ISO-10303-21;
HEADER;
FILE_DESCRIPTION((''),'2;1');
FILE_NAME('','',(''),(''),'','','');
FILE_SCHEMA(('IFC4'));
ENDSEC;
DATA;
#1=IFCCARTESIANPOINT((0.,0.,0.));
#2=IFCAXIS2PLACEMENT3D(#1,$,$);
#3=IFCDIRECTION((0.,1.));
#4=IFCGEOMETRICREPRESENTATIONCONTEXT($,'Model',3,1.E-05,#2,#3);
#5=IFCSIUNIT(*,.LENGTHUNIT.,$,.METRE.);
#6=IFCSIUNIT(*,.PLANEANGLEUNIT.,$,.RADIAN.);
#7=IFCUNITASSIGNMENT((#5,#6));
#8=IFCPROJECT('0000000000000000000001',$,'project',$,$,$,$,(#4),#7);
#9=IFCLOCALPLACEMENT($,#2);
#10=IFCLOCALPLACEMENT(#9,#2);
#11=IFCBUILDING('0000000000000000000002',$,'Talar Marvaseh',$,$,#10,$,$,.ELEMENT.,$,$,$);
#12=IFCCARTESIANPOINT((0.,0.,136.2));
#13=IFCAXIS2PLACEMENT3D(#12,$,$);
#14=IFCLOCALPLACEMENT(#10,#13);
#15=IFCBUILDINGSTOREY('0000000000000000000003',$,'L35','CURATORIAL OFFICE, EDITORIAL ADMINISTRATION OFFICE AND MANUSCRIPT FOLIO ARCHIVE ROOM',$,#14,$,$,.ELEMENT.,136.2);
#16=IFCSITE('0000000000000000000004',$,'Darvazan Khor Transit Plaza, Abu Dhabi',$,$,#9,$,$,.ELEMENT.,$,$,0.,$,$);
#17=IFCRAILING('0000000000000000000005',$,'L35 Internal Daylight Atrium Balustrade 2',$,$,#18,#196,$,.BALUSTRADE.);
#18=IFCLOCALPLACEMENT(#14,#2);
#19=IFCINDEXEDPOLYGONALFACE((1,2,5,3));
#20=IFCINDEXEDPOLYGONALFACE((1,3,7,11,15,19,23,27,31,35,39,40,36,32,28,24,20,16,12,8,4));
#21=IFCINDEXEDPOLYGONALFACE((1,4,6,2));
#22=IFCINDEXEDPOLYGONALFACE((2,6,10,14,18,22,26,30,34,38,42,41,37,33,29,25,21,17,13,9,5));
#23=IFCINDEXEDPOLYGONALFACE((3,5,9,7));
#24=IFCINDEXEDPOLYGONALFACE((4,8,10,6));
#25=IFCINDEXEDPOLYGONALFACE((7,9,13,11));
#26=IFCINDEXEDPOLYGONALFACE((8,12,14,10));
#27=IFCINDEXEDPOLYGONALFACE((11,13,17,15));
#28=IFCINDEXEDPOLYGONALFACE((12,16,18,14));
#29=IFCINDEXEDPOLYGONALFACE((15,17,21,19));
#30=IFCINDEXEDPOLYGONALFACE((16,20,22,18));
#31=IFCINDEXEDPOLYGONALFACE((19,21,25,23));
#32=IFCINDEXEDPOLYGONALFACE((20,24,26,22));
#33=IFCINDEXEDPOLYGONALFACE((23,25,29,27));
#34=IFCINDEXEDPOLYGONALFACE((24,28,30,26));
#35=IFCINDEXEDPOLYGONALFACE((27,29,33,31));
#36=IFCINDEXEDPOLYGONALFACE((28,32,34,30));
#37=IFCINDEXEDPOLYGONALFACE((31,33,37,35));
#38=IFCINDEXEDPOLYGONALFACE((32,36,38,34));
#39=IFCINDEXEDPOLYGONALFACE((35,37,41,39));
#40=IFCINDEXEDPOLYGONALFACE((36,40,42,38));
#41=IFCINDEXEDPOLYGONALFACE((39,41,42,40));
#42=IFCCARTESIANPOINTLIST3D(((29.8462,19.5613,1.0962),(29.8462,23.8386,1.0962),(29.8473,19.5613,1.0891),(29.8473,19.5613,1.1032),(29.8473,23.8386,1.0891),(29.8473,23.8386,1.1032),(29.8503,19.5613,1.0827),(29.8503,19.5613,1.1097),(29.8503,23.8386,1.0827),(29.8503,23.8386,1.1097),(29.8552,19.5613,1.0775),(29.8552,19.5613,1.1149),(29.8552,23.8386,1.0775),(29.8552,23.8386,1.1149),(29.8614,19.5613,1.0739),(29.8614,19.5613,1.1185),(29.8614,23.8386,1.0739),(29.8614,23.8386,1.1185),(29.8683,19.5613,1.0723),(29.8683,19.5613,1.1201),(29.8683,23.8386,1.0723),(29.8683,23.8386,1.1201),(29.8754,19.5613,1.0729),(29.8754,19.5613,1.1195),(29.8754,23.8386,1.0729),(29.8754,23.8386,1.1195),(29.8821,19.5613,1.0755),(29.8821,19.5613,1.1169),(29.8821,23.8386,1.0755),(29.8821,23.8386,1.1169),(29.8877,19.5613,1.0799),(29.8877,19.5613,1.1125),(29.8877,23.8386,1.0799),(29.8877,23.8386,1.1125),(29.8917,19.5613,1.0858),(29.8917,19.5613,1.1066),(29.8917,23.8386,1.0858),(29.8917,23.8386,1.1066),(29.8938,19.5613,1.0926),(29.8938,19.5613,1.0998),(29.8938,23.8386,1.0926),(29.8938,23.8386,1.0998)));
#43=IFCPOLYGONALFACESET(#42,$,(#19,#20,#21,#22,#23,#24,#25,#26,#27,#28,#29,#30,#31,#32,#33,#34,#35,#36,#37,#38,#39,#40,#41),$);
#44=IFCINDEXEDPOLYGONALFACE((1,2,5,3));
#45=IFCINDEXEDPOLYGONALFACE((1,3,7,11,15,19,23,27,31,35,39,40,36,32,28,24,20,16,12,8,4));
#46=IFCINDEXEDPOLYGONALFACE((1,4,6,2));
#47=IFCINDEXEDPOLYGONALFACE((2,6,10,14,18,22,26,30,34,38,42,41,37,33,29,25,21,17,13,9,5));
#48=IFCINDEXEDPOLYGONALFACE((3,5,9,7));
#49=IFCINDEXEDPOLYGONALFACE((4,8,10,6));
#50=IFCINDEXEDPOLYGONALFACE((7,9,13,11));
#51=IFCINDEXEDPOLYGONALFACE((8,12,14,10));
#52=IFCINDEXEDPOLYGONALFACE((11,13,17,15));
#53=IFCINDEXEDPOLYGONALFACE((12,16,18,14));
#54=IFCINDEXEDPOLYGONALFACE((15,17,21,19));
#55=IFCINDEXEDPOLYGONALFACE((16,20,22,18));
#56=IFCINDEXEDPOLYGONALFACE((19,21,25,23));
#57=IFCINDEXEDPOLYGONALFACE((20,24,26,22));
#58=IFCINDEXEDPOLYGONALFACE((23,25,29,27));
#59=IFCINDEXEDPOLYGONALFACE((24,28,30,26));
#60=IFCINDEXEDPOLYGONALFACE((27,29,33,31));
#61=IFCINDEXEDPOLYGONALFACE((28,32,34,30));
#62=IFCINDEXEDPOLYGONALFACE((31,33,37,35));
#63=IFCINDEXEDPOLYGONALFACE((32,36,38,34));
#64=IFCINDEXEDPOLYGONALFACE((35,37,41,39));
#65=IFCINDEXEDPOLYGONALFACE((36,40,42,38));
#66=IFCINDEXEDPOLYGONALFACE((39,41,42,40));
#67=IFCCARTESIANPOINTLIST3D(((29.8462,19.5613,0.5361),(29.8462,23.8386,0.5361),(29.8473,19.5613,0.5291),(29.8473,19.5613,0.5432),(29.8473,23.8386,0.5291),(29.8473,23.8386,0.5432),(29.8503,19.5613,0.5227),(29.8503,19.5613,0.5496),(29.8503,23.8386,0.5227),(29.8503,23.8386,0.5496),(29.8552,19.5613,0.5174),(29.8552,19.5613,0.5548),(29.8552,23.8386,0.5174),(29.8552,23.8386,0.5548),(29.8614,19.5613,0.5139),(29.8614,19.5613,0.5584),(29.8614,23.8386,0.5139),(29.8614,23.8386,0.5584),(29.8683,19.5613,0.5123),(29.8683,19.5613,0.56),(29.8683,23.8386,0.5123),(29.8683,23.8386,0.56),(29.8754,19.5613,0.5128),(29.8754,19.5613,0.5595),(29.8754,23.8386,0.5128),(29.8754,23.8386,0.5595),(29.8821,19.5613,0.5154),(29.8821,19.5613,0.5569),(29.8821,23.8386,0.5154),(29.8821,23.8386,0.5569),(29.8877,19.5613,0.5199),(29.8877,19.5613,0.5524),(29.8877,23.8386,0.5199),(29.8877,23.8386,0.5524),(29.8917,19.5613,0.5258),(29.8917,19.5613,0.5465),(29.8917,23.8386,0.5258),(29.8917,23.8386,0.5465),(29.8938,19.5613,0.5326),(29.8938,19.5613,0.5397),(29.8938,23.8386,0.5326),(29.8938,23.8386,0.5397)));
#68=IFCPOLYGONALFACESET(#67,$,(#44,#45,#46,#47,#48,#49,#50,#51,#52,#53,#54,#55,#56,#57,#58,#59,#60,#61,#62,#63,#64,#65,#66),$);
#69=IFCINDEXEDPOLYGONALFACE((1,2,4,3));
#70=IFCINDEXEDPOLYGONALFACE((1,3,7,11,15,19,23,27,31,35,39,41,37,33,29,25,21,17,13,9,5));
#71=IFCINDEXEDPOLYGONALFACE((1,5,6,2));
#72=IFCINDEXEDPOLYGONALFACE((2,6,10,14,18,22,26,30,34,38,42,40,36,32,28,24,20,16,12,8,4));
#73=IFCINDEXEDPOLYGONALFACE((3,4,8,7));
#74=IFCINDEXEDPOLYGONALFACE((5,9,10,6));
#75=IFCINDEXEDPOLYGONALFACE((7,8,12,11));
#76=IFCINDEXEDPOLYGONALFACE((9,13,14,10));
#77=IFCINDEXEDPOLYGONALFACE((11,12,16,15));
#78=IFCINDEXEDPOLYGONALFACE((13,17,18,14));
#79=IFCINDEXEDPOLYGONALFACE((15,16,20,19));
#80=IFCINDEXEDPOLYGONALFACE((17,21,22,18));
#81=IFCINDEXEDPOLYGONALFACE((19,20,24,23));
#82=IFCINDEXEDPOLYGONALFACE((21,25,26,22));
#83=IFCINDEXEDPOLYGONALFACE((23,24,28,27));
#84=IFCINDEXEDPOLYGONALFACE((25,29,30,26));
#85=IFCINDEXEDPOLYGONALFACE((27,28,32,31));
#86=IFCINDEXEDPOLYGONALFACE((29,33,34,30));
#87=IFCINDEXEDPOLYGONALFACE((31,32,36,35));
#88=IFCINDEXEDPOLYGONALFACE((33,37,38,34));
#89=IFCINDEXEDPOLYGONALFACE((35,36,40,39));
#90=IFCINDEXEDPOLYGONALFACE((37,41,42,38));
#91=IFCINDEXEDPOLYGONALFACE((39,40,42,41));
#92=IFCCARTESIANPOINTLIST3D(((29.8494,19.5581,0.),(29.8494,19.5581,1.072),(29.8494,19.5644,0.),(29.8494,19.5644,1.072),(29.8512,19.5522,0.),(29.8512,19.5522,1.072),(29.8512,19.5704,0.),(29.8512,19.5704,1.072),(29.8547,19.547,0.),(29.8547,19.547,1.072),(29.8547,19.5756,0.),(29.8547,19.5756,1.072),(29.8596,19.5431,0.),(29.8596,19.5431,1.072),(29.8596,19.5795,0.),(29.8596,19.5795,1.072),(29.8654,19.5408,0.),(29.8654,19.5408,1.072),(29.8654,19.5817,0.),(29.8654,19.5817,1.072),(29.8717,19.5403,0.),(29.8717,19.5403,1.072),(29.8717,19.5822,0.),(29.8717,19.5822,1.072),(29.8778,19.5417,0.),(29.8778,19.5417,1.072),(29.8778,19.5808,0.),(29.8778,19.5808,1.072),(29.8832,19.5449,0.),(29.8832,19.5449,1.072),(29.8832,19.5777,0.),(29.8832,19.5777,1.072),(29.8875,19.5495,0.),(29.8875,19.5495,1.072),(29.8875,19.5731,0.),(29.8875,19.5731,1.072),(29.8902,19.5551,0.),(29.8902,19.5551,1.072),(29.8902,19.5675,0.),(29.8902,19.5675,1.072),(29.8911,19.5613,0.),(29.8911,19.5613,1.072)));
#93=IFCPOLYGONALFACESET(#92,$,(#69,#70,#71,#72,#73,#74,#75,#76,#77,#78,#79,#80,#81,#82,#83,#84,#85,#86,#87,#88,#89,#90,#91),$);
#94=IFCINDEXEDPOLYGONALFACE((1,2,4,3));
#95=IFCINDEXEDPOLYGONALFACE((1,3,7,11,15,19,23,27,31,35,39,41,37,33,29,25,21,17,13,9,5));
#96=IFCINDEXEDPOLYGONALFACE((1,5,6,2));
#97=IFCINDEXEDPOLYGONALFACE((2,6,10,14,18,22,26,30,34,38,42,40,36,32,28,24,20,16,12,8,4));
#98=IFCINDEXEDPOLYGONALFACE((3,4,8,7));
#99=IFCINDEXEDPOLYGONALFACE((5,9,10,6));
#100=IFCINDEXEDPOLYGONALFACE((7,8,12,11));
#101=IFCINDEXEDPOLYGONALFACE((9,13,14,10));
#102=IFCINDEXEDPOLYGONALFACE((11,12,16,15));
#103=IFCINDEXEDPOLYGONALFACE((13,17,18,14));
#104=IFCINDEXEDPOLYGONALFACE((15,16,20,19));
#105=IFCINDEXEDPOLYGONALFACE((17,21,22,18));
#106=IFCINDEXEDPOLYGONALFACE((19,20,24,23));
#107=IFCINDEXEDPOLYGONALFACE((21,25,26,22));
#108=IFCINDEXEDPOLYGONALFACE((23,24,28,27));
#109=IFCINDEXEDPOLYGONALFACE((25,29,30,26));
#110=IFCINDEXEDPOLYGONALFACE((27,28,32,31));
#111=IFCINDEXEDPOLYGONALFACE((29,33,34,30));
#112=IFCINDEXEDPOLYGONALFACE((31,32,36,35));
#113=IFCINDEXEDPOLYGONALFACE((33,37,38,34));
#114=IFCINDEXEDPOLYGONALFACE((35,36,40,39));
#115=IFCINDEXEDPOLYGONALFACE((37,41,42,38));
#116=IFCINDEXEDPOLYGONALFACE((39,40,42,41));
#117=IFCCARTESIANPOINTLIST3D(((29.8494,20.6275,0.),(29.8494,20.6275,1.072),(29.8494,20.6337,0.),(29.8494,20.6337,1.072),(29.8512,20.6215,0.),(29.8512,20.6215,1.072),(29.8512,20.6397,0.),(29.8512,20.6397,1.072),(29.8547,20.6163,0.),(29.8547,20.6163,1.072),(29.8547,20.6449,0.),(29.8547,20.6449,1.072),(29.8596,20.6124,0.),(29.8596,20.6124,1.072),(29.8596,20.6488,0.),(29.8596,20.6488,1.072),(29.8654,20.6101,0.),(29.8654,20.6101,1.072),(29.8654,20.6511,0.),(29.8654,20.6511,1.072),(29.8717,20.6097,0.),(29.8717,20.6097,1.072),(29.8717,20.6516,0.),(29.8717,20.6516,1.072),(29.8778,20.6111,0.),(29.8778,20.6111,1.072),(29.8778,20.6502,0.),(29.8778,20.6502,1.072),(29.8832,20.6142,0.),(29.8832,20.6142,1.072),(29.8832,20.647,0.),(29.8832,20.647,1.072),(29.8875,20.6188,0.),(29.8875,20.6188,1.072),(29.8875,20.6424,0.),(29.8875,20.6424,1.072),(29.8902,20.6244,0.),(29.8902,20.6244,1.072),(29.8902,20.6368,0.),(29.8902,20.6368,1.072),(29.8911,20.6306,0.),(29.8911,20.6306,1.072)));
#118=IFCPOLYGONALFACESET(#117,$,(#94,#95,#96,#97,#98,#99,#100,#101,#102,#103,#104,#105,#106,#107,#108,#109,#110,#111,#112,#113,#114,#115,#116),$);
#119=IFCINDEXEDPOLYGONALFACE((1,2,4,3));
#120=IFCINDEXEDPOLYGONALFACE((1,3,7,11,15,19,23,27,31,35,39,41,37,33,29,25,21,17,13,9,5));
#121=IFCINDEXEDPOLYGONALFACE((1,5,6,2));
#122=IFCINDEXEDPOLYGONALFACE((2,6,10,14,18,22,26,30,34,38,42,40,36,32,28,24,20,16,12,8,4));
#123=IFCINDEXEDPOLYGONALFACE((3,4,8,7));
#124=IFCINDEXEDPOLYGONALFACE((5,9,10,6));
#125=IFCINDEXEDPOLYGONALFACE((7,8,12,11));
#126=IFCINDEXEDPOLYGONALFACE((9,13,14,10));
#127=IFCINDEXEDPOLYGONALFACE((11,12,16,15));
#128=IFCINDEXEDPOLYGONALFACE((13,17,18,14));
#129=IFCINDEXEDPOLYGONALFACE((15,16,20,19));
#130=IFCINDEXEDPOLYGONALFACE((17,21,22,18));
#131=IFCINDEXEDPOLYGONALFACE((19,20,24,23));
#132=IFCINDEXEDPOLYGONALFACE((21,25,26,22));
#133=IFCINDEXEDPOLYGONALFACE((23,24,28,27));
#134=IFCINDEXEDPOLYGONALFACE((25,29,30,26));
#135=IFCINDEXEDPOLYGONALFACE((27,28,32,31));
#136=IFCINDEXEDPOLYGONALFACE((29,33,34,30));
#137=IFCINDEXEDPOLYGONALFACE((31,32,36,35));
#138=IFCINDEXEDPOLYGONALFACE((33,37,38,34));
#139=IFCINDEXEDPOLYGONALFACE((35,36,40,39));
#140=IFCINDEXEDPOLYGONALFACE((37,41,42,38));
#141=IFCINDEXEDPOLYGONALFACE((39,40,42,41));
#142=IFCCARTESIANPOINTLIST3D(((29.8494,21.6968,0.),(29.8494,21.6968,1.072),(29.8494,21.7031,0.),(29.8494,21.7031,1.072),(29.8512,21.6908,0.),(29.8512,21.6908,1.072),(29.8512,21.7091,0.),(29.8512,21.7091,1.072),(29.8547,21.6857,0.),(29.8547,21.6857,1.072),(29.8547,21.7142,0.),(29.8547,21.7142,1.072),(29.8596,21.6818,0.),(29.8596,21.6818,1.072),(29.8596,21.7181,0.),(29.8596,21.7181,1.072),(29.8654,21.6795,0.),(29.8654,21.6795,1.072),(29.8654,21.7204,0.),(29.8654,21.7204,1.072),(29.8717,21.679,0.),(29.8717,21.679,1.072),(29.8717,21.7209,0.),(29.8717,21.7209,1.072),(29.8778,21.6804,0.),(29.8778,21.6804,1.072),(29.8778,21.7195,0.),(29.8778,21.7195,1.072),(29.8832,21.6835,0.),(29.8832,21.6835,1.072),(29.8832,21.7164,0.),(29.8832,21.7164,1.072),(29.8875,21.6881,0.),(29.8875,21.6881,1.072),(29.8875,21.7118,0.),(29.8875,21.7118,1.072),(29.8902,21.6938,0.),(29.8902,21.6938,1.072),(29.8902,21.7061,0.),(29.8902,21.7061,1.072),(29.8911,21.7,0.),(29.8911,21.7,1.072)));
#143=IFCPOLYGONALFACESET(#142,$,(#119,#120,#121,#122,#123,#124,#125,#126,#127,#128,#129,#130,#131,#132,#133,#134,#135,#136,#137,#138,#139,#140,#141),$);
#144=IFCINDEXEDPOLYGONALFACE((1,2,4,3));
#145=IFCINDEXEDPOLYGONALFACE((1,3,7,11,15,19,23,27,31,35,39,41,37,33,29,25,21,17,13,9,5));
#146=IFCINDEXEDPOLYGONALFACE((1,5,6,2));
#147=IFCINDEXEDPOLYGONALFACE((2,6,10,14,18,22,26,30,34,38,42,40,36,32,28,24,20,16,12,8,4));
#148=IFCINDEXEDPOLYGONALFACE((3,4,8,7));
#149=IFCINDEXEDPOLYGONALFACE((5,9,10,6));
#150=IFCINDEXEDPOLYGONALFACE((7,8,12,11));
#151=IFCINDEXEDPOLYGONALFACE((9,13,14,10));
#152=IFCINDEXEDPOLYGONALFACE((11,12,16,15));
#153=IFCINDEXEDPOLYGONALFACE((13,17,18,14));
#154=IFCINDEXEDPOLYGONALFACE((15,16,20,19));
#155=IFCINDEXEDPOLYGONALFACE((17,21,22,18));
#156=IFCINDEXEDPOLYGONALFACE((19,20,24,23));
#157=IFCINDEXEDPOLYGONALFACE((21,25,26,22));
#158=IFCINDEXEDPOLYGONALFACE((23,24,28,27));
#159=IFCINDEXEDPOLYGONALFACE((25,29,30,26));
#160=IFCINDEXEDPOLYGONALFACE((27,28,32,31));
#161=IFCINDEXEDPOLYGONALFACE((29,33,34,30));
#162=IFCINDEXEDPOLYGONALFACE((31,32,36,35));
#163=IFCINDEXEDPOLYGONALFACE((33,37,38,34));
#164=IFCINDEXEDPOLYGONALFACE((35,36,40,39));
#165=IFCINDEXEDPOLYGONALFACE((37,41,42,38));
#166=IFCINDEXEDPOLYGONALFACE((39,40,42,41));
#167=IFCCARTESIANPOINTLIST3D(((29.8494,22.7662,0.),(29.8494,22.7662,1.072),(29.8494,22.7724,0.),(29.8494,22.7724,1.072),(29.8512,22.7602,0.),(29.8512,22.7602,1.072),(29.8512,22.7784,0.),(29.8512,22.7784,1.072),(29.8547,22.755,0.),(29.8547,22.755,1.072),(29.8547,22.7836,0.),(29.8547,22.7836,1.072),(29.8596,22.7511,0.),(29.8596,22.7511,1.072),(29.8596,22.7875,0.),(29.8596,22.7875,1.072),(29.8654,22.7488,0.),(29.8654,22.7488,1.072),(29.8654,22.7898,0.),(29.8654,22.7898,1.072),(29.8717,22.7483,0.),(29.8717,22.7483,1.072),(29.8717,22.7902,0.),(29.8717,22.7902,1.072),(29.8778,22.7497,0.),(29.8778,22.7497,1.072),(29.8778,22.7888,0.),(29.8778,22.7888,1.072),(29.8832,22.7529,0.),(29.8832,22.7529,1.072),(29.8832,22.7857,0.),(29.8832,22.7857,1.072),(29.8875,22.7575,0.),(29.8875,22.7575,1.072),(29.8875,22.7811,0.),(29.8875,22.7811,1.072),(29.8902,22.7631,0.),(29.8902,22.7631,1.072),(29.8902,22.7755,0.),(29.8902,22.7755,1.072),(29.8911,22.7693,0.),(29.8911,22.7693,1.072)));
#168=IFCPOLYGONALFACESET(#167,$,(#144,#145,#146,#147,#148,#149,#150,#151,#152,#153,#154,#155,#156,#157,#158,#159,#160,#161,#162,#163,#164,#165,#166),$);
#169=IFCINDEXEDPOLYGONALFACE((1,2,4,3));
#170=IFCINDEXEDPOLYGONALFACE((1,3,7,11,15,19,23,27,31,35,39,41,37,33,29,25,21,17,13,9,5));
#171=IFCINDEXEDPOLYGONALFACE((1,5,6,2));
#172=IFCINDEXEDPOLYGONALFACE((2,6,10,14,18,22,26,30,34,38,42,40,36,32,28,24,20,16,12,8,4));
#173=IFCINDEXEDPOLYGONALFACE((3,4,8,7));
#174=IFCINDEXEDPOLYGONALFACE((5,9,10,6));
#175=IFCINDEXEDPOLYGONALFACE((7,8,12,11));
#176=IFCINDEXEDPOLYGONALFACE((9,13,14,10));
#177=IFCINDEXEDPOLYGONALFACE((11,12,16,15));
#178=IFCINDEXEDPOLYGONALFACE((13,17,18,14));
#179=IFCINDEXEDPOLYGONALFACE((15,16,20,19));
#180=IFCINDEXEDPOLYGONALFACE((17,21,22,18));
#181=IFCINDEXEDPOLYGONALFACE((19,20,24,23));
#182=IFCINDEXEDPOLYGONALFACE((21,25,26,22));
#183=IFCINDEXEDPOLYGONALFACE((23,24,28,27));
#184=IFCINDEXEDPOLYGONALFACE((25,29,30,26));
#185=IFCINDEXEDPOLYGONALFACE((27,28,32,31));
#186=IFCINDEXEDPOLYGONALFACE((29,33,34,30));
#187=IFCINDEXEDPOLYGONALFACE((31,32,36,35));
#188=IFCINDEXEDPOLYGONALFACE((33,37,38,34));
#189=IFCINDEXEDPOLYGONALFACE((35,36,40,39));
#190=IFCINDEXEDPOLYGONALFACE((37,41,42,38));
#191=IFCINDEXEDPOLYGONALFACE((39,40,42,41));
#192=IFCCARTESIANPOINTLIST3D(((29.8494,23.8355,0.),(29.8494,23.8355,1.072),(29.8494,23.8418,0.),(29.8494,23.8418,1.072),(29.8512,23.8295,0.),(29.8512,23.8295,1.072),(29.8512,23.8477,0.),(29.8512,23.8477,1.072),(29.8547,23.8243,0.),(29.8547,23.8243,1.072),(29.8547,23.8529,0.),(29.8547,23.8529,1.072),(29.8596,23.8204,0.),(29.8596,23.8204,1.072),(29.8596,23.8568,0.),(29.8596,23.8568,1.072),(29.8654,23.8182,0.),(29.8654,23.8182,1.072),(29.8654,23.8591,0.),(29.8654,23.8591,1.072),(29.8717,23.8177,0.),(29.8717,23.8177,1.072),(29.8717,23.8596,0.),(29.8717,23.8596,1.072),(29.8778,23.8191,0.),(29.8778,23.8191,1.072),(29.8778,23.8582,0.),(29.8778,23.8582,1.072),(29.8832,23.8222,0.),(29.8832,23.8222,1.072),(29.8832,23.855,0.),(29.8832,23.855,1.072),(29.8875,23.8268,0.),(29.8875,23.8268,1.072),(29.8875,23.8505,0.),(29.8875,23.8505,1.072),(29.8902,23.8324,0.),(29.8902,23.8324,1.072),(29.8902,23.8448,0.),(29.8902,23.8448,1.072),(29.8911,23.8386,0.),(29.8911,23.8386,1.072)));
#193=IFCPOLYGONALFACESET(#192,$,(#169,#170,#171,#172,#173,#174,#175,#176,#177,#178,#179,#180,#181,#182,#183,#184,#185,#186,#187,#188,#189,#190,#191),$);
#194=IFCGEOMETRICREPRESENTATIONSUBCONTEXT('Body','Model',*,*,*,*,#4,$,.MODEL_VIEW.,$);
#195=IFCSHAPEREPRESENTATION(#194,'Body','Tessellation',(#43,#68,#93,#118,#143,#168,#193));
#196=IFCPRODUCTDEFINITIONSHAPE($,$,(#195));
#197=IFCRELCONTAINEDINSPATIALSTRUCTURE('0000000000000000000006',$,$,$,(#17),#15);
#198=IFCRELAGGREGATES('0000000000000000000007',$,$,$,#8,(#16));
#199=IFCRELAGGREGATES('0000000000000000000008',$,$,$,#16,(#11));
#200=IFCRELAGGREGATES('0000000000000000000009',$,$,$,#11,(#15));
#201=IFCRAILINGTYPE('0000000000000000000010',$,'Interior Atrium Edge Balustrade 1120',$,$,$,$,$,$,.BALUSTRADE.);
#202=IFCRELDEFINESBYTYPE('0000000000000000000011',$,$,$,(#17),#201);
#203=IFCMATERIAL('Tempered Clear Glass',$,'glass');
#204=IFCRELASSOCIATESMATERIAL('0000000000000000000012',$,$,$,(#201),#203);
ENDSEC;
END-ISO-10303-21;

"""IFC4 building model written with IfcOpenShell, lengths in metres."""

from ifc_helpers import new_model, si_unit, direction, frame, origin, origin_2d, place, context, subcontext, project, spatial, circle, extrude, material, type_object, element, save


model = new_model("IFC4")

# Units and contexts
model_context = context("Model", 3, precision=1e-05, world=origin(), true_north=direction((0.0, 1.0)))
body_context = subcontext(model_context, "Body", "Model", "MODEL_VIEW")
ifc_project = project(units=[si_unit("LENGTHUNIT", "METRE"), si_unit("PLANEANGLEUNIT", "RADIAN")], contexts=[model_context])

# Site, building, storey
site_placement = place(None, origin())
site = spatial("IfcSite", under=ifc_project, at=site_placement, Name="Darvazan Khor Transit Plaza, Abu Dhabi", CompositionType="ELEMENT", RefElevation=0.0)
building_placement = place(site_placement, origin())
building = spatial("IfcBuilding", under=site, at=building_placement, Name="Talar Marvaseh", CompositionType="ELEMENT")
storey_placement = place(building_placement, frame((0.0, 0.0, 136.2)))
storey = spatial("IfcBuildingStorey", under=building, at=storey_placement, Name="L35", Description="CURATORIAL OFFICE, EDITORIAL ADMINISTRATION OFFICE AND MANUSCRIPT FOLIO ARCHIVE ROOM", CompositionType="ELEMENT", Elevation=136.2)

# Railing
ifc_material_1 = material(Name="Tempered Clear Glass", Category="glass")
railing_type_1 = type_object("IfcRailingType", Name="Interior Atrium Edge Balustrade 1120", PredefinedType="BALUSTRADE", material=ifc_material_1)
railing_1_placement = place(storey_placement, frame((29.8701, 19.5613, 0.0)))
element("IfcRailing", 1, at=railing_1_placement, inside=storey, type_object=railing_type_1, Name="L35 Internal Daylight Atrium Balustrade 2", PredefinedType="BALUSTRADE", context=body_context, shape_type="SweptSolid", body=[
    extrude(circle(Radius=0.0239, at=origin_2d()), frame((0.0, 0.0, 1.0962), z_axis=(0.0, 1.0, 0.0), x_axis=(-1.0, 0.0, 0.0)), (0.0, 0.0, 1.0), 4.2773),
    extrude(circle(Radius=0.0239, at=origin_2d()), frame((0.0, 0.0, 0.5361), z_axis=(0.0, 1.0, 0.0), x_axis=(-1.0, 0.0, 0.0)), (0.0, 0.0, 1.0), 4.2773),
    extrude(circle(Radius=0.021, at=origin_2d()), origin(), (0.0, 0.0, 1.0), 1.072),
    extrude(circle(Radius=0.021, at=origin_2d()), frame((0.0, 1.0693, 0.0)), (0.0, 0.0, 1.0), 1.072),
    extrude(circle(Radius=0.021, at=origin_2d()), frame((0.0, 2.1387, 0.0)), (0.0, 0.0, 1.0), 1.072),
    extrude(circle(Radius=0.021, at=origin_2d()), frame((0.0, 3.208, 0.0)), (0.0, 0.0, 1.0), 1.072),
    extrude(circle(Radius=0.021, at=origin_2d()), frame((0.0, 4.2773, 0.0)), (0.0, 0.0, 1.0), 1.072),
])

save(model, "model.ifc")
